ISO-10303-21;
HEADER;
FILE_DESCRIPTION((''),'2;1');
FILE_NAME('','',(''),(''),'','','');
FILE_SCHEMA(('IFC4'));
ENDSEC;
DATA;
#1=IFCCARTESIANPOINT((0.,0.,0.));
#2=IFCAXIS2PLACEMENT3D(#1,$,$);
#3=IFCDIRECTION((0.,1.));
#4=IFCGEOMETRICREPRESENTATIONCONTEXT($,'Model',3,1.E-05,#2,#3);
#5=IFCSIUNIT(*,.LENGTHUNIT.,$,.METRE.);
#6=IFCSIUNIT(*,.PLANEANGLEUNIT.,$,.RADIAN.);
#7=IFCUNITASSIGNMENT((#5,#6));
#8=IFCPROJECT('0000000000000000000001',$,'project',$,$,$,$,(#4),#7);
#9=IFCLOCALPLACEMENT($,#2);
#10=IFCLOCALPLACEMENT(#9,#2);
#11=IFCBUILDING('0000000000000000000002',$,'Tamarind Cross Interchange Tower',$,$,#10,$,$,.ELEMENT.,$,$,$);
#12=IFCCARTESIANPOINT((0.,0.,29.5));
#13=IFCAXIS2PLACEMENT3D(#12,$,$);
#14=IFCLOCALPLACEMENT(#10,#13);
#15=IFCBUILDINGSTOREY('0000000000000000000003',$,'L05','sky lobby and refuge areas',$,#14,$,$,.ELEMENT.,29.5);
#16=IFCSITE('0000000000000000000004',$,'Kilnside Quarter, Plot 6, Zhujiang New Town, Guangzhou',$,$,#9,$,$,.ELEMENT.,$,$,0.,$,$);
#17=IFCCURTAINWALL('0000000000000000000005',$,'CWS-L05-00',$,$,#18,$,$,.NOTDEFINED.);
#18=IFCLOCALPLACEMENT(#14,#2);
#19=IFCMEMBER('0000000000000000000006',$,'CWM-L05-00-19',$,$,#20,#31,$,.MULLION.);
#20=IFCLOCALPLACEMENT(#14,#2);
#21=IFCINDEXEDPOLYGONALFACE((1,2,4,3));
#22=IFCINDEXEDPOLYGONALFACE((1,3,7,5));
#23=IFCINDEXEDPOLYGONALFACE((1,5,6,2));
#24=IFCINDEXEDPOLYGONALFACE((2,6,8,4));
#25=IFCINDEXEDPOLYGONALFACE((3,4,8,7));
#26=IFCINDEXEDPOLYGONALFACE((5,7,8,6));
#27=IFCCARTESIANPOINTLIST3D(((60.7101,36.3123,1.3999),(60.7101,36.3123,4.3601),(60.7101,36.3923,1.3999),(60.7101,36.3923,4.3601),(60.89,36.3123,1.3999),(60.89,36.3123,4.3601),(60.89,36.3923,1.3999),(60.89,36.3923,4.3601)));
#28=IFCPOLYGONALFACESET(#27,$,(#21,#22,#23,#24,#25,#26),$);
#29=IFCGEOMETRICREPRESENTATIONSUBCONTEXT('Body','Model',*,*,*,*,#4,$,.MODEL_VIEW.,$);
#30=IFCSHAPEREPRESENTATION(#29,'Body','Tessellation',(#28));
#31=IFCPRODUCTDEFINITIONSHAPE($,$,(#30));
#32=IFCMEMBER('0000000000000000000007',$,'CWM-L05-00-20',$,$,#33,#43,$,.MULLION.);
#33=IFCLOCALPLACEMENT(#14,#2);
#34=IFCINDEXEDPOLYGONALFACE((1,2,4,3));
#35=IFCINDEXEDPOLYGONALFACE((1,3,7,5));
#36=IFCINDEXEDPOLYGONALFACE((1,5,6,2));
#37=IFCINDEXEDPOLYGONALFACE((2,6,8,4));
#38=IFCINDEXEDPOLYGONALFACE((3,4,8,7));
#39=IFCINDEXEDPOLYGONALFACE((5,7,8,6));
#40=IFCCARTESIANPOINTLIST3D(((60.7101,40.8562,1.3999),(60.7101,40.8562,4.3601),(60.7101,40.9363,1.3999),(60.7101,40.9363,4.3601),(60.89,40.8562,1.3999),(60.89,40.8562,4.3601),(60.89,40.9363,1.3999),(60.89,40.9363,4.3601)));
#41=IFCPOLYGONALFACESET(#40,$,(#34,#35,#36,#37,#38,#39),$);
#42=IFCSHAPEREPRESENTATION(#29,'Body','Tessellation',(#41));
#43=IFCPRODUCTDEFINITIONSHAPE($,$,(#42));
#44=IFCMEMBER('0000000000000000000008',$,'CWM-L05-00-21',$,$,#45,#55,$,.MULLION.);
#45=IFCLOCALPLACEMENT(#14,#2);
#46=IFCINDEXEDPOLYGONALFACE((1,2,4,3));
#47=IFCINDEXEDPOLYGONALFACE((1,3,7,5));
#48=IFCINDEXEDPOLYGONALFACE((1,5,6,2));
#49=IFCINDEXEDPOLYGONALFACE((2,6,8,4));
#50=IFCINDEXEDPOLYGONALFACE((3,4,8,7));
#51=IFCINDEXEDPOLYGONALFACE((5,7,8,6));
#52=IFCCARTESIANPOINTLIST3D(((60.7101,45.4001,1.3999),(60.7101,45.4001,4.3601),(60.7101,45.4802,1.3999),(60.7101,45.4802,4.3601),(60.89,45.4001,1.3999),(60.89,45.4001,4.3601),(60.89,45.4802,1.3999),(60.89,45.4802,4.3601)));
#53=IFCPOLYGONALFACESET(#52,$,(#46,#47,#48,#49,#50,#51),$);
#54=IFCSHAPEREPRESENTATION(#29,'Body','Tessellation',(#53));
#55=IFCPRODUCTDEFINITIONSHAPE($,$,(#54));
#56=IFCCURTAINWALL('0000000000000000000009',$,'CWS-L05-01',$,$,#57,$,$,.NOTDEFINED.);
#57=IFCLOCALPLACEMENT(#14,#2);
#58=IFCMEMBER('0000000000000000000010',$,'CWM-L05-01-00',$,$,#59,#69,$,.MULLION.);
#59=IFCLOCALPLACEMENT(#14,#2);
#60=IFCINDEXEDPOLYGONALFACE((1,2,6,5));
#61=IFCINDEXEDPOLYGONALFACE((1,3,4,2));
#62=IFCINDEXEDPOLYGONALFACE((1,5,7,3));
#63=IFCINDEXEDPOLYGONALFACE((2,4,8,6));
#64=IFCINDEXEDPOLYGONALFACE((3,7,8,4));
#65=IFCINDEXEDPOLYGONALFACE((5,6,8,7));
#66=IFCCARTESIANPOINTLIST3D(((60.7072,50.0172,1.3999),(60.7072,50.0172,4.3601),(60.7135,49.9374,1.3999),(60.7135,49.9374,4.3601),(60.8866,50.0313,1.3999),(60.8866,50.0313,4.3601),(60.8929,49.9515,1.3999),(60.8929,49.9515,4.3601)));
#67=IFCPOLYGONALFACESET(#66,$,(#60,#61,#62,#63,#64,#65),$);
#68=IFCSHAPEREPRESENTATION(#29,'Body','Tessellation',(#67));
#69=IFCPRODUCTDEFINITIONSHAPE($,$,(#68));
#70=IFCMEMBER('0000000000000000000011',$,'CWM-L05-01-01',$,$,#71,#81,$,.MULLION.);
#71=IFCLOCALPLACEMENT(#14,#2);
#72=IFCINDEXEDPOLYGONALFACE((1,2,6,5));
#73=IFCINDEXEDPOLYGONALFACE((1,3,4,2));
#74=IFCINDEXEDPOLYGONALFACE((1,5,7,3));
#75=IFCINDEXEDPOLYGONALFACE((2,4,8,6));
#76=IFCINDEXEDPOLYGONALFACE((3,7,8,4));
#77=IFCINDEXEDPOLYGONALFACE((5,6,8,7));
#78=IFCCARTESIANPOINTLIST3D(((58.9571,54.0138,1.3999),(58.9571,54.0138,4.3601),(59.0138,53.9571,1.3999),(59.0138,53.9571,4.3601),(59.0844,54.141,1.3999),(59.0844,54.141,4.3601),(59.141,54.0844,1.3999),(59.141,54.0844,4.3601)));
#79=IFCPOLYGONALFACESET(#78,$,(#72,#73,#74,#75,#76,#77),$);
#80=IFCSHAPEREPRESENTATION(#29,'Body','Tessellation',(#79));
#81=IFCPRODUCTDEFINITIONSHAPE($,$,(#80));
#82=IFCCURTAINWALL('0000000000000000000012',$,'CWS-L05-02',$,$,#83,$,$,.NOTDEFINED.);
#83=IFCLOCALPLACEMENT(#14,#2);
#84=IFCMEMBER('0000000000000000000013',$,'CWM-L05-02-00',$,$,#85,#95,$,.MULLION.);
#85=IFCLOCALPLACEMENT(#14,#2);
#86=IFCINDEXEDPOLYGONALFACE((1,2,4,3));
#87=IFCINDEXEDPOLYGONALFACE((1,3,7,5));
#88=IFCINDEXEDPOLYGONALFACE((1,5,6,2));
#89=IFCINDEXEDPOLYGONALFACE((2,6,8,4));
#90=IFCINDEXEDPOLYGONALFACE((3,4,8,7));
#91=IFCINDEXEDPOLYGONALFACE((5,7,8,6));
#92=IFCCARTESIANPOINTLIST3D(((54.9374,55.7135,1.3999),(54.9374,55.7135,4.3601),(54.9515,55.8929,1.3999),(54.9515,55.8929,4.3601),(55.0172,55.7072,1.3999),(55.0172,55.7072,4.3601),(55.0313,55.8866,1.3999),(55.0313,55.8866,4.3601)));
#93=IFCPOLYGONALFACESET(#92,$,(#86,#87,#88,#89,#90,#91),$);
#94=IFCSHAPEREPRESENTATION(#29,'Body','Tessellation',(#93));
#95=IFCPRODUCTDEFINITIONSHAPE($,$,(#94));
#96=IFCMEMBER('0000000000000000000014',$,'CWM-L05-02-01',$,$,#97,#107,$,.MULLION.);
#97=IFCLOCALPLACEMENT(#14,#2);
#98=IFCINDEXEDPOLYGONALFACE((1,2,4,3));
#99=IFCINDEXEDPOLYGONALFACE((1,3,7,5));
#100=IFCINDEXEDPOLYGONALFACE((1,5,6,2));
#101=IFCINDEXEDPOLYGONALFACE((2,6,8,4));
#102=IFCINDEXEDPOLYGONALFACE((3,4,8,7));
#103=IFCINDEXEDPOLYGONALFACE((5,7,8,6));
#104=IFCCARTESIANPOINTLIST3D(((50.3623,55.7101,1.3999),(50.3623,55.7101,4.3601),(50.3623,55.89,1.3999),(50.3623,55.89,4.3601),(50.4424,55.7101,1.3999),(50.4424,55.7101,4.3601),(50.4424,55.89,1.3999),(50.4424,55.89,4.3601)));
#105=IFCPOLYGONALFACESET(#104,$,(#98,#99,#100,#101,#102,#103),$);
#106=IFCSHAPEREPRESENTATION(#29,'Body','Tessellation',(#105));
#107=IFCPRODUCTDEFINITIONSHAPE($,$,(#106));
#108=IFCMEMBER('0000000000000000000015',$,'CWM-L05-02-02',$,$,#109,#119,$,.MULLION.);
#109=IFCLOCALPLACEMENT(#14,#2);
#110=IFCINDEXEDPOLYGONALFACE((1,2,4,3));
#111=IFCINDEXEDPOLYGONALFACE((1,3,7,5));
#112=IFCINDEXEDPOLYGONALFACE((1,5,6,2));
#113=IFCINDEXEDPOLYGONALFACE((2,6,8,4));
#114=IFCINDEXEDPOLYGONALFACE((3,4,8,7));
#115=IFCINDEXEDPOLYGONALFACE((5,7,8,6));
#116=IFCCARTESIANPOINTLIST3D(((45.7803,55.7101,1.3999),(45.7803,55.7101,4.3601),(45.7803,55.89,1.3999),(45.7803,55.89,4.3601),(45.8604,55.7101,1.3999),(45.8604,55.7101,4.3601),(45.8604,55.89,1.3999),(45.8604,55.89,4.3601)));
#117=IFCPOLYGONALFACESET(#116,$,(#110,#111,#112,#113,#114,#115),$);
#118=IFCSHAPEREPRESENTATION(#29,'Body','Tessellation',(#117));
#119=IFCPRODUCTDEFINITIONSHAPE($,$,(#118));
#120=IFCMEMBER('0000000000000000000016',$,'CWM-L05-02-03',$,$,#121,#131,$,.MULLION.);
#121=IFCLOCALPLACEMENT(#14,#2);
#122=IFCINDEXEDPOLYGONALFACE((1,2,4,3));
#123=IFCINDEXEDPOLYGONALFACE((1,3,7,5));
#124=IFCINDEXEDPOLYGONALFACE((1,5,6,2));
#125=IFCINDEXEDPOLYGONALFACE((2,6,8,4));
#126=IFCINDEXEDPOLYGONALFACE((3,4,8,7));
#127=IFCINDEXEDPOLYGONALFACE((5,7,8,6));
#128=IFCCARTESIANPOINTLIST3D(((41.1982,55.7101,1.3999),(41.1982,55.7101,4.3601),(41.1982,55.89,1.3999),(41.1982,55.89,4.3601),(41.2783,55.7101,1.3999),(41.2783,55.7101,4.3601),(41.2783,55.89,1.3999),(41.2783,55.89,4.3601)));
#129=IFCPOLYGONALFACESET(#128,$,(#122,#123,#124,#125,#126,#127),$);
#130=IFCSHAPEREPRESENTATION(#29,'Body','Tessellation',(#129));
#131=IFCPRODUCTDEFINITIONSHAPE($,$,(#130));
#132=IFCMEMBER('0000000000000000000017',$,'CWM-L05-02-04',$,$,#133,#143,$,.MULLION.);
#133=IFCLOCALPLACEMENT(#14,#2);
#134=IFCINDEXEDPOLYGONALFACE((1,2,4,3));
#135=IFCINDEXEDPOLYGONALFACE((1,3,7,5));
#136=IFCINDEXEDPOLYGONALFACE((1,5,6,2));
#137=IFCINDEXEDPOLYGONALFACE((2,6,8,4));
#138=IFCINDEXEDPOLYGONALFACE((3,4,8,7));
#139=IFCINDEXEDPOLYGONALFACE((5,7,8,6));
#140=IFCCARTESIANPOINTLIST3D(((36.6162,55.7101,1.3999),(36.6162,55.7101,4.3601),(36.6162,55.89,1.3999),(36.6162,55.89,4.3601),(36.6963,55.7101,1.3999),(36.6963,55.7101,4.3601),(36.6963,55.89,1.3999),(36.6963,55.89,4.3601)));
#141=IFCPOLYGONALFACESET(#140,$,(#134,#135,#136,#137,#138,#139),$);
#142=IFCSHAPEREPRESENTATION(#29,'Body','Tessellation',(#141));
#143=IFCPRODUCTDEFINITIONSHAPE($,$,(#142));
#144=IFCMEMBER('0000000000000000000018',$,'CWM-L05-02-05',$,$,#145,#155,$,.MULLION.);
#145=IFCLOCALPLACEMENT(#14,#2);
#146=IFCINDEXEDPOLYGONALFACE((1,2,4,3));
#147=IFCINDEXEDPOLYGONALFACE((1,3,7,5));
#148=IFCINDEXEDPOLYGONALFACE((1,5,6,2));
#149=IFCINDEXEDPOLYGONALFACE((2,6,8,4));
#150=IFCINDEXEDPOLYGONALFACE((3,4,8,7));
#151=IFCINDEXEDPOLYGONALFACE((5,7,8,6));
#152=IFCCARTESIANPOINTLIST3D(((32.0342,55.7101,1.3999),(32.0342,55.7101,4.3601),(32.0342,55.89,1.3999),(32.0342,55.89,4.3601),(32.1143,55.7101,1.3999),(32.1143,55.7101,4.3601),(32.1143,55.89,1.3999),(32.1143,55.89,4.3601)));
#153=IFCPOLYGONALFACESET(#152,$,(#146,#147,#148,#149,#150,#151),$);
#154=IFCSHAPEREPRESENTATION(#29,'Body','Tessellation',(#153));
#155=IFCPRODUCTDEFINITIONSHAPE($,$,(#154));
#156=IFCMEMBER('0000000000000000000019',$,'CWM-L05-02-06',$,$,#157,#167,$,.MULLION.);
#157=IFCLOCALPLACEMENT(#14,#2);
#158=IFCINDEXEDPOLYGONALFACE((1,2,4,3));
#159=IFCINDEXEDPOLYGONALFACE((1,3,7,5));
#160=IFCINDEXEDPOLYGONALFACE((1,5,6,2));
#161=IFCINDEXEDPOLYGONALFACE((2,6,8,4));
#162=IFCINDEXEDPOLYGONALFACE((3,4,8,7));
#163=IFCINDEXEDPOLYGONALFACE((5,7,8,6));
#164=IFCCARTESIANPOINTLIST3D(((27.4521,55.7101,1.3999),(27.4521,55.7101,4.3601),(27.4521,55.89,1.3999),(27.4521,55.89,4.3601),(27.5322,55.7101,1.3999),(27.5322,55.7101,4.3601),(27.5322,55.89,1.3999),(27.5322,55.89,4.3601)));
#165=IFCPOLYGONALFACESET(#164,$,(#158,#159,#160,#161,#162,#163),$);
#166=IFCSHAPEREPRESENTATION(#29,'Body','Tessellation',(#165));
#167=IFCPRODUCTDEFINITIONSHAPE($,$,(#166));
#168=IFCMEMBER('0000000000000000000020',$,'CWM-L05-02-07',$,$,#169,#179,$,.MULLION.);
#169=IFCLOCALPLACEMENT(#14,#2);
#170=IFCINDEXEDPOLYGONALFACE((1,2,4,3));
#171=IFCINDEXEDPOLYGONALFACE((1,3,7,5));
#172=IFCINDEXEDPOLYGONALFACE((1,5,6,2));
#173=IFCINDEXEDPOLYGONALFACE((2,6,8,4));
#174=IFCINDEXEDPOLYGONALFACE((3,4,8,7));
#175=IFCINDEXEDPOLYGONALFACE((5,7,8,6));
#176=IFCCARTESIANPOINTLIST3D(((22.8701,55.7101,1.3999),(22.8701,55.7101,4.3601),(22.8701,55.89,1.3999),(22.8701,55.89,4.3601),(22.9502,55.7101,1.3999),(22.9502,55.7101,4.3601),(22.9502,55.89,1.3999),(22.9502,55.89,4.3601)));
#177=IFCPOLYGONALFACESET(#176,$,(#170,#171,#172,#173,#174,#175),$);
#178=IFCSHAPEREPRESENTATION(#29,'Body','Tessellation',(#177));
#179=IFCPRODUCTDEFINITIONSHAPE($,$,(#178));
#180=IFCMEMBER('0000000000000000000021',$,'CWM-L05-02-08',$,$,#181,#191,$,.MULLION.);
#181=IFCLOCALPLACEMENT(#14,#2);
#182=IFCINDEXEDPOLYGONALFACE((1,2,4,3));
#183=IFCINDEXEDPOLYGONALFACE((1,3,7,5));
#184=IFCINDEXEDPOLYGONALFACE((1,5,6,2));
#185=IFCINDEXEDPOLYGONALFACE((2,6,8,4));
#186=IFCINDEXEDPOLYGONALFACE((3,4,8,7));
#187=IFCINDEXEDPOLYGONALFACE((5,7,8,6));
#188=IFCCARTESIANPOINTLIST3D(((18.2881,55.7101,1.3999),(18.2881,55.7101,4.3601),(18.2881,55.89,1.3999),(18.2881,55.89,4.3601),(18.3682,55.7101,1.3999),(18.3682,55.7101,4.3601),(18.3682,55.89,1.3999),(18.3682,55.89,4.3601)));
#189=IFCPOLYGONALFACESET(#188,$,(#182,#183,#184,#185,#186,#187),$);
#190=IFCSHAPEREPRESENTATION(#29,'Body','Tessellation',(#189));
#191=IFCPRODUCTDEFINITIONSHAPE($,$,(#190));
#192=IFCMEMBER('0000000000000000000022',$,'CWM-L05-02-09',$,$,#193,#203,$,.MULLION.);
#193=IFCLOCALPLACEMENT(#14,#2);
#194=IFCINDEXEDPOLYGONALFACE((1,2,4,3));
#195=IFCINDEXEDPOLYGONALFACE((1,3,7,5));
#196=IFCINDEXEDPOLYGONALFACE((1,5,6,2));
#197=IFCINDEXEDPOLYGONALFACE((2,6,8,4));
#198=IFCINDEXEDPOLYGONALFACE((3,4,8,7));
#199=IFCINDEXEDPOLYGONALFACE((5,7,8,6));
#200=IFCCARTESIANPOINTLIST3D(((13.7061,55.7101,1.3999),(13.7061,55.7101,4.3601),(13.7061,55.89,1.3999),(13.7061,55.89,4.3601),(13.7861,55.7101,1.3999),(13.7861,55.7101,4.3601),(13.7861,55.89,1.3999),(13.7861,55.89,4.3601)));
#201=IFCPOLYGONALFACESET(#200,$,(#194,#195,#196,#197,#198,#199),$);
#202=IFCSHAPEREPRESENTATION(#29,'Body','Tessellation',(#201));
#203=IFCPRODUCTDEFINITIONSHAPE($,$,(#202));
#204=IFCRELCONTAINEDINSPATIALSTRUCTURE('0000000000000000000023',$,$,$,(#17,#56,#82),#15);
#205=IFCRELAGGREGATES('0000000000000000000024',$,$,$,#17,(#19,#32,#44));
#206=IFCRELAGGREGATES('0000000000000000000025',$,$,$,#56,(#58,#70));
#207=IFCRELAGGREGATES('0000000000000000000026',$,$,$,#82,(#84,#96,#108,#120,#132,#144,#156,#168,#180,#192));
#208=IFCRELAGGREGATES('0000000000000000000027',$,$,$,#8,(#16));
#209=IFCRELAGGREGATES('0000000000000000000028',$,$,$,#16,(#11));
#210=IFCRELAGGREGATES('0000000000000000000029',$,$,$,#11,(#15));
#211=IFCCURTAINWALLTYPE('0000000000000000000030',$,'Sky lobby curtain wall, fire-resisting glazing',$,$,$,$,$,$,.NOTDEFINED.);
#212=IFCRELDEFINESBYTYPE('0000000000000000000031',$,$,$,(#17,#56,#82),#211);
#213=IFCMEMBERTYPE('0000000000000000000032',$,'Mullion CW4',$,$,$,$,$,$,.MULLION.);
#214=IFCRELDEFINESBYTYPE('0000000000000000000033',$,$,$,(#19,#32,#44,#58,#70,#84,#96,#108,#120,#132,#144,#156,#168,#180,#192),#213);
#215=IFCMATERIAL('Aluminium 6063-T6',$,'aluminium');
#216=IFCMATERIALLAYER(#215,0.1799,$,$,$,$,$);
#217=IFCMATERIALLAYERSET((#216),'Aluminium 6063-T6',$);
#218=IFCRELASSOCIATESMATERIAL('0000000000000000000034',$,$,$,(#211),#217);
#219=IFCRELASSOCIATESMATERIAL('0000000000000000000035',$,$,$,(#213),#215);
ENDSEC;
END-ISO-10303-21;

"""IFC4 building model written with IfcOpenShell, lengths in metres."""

from ifc_helpers import new_model, si_unit, direction, frame, origin, origin_2d, place, context, subcontext, project, spatial, rectangle, extrude, material, layer, layer_set, material_profile, profile_set, type_object, element, aggregate, save


model = new_model("IFC4")

# Units and contexts
model_context = context("Model", 3, precision=1e-05, world=origin(), true_north=direction((0.0, 1.0)))
body_context = subcontext(model_context, "Body", "Model", "MODEL_VIEW")
ifc_project = project(units=[si_unit("LENGTHUNIT", "METRE"), si_unit("PLANEANGLEUNIT", "RADIAN")], contexts=[model_context])

# Site, building, storey
site_placement = place(None, origin())
site = spatial("IfcSite", under=ifc_project, at=site_placement, Name="Kilnside Quarter, Plot 6, Zhujiang New Town, Guangzhou", CompositionType="ELEMENT", RefElevation=0.0)
building_placement = place(site_placement, origin())
building = spatial("IfcBuilding", under=site, at=building_placement, Name="Tamarind Cross Interchange Tower", CompositionType="ELEMENT")
storey_placement = place(building_placement, frame((0.0, 0.0, 29.5)))
storey = spatial("IfcBuildingStorey", under=building, at=storey_placement, Name="L05", Description="sky lobby and refuge areas", CompositionType="ELEMENT", Elevation=29.5)

# Curtain walls, members
ifc_material_1 = material(Name="Aluminium 6063-T6", Category="aluminium")
ifc_layer_1 = layer(ifc_material_1, 0.1799)
ifc_layer_set_1 = layer_set([ifc_layer_1], Name="Aluminium 6063-T6")
curtain_wall_type = type_object("IfcCurtainWallType", Name="Sky lobby curtain wall, fire-resisting glazing", PredefinedType="NOTDEFINED", material=ifc_layer_set_1)
curtain_wall_1_placement = place(storey_placement, origin())
curtain_wall_1 = element("IfcCurtainWall", 1, at=curtain_wall_1_placement, inside=storey, type_object=curtain_wall_type, Name="CWS-L05-00", PredefinedType="NOTDEFINED")
ifc_material_profile_1 = material_profile(ifc_material_1, rectangle(XDim=0.0801, YDim=0.1799, at=origin_2d()), Name="Mullion CW4")
ifc_profile_set_1 = profile_set([ifc_material_profile_1], Name="Aluminium 6063-T6")
member_type = type_object("IfcMemberType", Name="Mullion CW4", PredefinedType="MULLION", material=ifc_profile_set_1)
member_1_placement = place(storey_placement, frame((60.8, 36.3523, 1.3999), z_axis=(0.0, 0.0, 1.0), x_axis=(0.0, 1.0, 0.0)))
member_1 = element("IfcMember", 2, at=member_1_placement, type_object=member_type, Name="CWM-L05-00-19", PredefinedType="MULLION", context=body_context, shape_type="SweptSolid", body=[
    extrude(rectangle(XDim=0.0801, YDim=0.1799, at=origin_2d()), origin(), (0.0, 0.0, 1.0), 2.9602),
])
member_2_placement = place(storey_placement, frame((60.8, 40.8962, 1.3999), z_axis=(0.0, 0.0, 1.0), x_axis=(0.0, 1.0, 0.0)))
member_2 = element("IfcMember", 3, at=member_2_placement, type_object=member_type, Name="CWM-L05-00-20", PredefinedType="MULLION", context=body_context, shape_type="SweptSolid", body=[
    extrude(rectangle(XDim=0.0801, YDim=0.1799, at=origin_2d()), origin(), (0.0, 0.0, 1.0), 2.9602),
])
member_3_placement = place(storey_placement, frame((60.8, 45.4402, 1.3999), z_axis=(0.0, 0.0, 1.0), x_axis=(0.0, 1.0, 0.0)))
member_3 = element("IfcMember", 4, at=member_3_placement, type_object=member_type, Name="CWM-L05-00-21", PredefinedType="MULLION", context=body_context, shape_type="SweptSolid", body=[
    extrude(rectangle(XDim=0.0801, YDim=0.1799, at=origin_2d()), origin(), (0.0, 0.0, 1.0), 2.9602),
])
aggregate(curtain_wall_1, [member_1, member_2, member_3])
curtain_wall_2_placement = place(storey_placement, origin())
curtain_wall_2 = element("IfcCurtainWall", 5, at=curtain_wall_2_placement, inside=storey, type_object=curtain_wall_type, Name="CWS-L05-01", PredefinedType="NOTDEFINED")
member_4_placement = place(storey_placement, frame((60.8, 49.9844, 1.3999), z_axis=(0.0, 0.0, 1.0), x_axis=(-0.078459, 0.996917, 0.0)))
member_4 = element("IfcMember", 6, at=member_4_placement, type_object=member_type, Name="CWM-L05-01-00", PredefinedType="MULLION", context=body_context, shape_type="SweptSolid", body=[
    extrude(rectangle(XDim=0.0801, YDim=0.1799, at=origin_2d()), origin(), (0.0, 0.0, 1.0), 2.9602),
])
member_5_placement = place(storey_placement, frame((59.0491, 54.0491, 1.3999), z_axis=(0.0, 0.0, 1.0), x_axis=(-0.707107, 0.707107, 0.0)))
member_5 = element("IfcMember", 7, at=member_5_placement, type_object=member_type, Name="CWM-L05-01-01", PredefinedType="MULLION", context=body_context, shape_type="SweptSolid", body=[
    extrude(rectangle(XDim=0.0801, YDim=0.1799, at=origin_2d()), origin(), (0.0, 0.0, 1.0), 2.9602),
])
aggregate(curtain_wall_2, [member_4, member_5])
curtain_wall_3_placement = place(storey_placement, origin())
curtain_wall_3 = element("IfcCurtainWall", 8, at=curtain_wall_3_placement, inside=storey, type_object=curtain_wall_type, Name="CWS-L05-02", PredefinedType="NOTDEFINED")
member_6_placement = place(storey_placement, frame((54.9844, 55.8, 1.3999), z_axis=(0.0, 0.0, 1.0), x_axis=(-0.996917, 0.078459, 0.0)))
member_6 = element("IfcMember", 9, at=member_6_placement, type_object=member_type, Name="CWM-L05-02-00", PredefinedType="MULLION", context=body_context, shape_type="SweptSolid", body=[
    extrude(rectangle(XDim=0.0801, YDim=0.1799, at=origin_2d()), origin(), (0.0, 0.0, 1.0), 2.9602),
])
member_7_placement = place(storey_placement, frame((50.4023, 55.8, 1.3999), z_axis=(0.0, 0.0, 1.0), x_axis=(-1.0, 0.0, 0.0)))
member_7 = element("IfcMember", 10, at=member_7_placement, type_object=member_type, Name="CWM-L05-02-01", PredefinedType="MULLION", context=body_context, shape_type="SweptSolid", body=[
    extrude(rectangle(XDim=0.0801, YDim=0.1799, at=origin_2d()), origin(), (0.0, 0.0, 1.0), 2.9602),
])
member_8_placement = place(storey_placement, frame((45.8203, 55.8, 1.3999), z_axis=(0.0, 0.0, 1.0), x_axis=(-1.0, 0.0, 0.0)))
member_8 = element("IfcMember", 11, at=member_8_placement, type_object=member_type, Name="CWM-L05-02-02", PredefinedType="MULLION", context=body_context, shape_type="SweptSolid", body=[
    extrude(rectangle(XDim=0.0801, YDim=0.1799, at=origin_2d()), origin(), (0.0, 0.0, 1.0), 2.9602),
])
member_9_placement = place(storey_placement, frame((41.2383, 55.8, 1.3999), z_axis=(0.0, 0.0, 1.0), x_axis=(-1.0, 0.0, 0.0)))
member_9 = element("IfcMember", 12, at=member_9_placement, type_object=member_type, Name="CWM-L05-02-03", PredefinedType="MULLION", context=body_context, shape_type="SweptSolid", body=[
    extrude(rectangle(XDim=0.0801, YDim=0.1799, at=origin_2d()), origin(), (0.0, 0.0, 1.0), 2.9602),
])
member_10_placement = place(storey_placement, frame((36.6562, 55.8, 1.3999), z_axis=(0.0, 0.0, 1.0), x_axis=(-1.0, 0.0, 0.0)))
member_10 = element("IfcMember", 13, at=member_10_placement, type_object=member_type, Name="CWM-L05-02-04", PredefinedType="MULLION", context=body_context, shape_type="SweptSolid", body=[
    extrude(rectangle(XDim=0.0801, YDim=0.1799, at=origin_2d()), origin(), (0.0, 0.0, 1.0), 2.9602),
])
member_11_placement = place(storey_placement, frame((32.0742, 55.8, 1.3999), z_axis=(0.0, 0.0, 1.0), x_axis=(-1.0, 0.0, 0.0)))
member_11 = element("IfcMember", 14, at=member_11_placement, type_object=member_type, Name="CWM-L05-02-05", PredefinedType="MULLION", context=body_context, shape_type="SweptSolid", body=[
    extrude(rectangle(XDim=0.0801, YDim=0.1799, at=origin_2d()), origin(), (0.0, 0.0, 1.0), 2.9602),
])
member_12_placement = place(storey_placement, frame((27.4922, 55.8, 1.3999), z_axis=(0.0, 0.0, 1.0), x_axis=(-1.0, 0.0, 0.0)))
member_12 = element("IfcMember", 15, at=member_12_placement, type_object=member_type, Name="CWM-L05-02-06", PredefinedType="MULLION", context=body_context, shape_type="SweptSolid", body=[
    extrude(rectangle(XDim=0.0801, YDim=0.1799, at=origin_2d()), origin(), (0.0, 0.0, 1.0), 2.9602),
])
member_13_placement = place(storey_placement, frame((22.9102, 55.8, 1.3999), z_axis=(0.0, 0.0, 1.0), x_axis=(-1.0, 0.0, 0.0)))
member_13 = element("IfcMember", 16, at=member_13_placement, type_object=member_type, Name="CWM-L05-02-07", PredefinedType="MULLION", context=body_context, shape_type="SweptSolid", body=[
    extrude(rectangle(XDim=0.0801, YDim=0.1799, at=origin_2d()), origin(), (0.0, 0.0, 1.0), 2.9602),
])
member_14_placement = place(storey_placement, frame((18.3281, 55.8, 1.3999), z_axis=(0.0, 0.0, 1.0), x_axis=(-1.0, 0.0, 0.0)))
member_14 = element("IfcMember", 17, at=member_14_placement, type_object=member_type, Name="CWM-L05-02-08", PredefinedType="MULLION", context=body_context, shape_type="SweptSolid", body=[
    extrude(rectangle(XDim=0.0801, YDim=0.1799, at=origin_2d()), origin(), (0.0, 0.0, 1.0), 2.9602),
])
member_15_placement = place(storey_placement, frame((13.7461, 55.8, 1.3999), z_axis=(0.0, 0.0, 1.0), x_axis=(-1.0, 0.0, 0.0)))
member_15 = element("IfcMember", 18, at=member_15_placement, type_object=member_type, Name="CWM-L05-02-09", PredefinedType="MULLION", context=body_context, shape_type="SweptSolid", body=[
    extrude(rectangle(XDim=0.0801, YDim=0.1799, at=origin_2d()), origin(), (0.0, 0.0, 1.0), 2.9602),
])
aggregate(curtain_wall_3, [member_6, member_7, member_8, member_9, member_10, member_11, member_12, member_13, member_14, member_15])

save(model, "model.ifc")
